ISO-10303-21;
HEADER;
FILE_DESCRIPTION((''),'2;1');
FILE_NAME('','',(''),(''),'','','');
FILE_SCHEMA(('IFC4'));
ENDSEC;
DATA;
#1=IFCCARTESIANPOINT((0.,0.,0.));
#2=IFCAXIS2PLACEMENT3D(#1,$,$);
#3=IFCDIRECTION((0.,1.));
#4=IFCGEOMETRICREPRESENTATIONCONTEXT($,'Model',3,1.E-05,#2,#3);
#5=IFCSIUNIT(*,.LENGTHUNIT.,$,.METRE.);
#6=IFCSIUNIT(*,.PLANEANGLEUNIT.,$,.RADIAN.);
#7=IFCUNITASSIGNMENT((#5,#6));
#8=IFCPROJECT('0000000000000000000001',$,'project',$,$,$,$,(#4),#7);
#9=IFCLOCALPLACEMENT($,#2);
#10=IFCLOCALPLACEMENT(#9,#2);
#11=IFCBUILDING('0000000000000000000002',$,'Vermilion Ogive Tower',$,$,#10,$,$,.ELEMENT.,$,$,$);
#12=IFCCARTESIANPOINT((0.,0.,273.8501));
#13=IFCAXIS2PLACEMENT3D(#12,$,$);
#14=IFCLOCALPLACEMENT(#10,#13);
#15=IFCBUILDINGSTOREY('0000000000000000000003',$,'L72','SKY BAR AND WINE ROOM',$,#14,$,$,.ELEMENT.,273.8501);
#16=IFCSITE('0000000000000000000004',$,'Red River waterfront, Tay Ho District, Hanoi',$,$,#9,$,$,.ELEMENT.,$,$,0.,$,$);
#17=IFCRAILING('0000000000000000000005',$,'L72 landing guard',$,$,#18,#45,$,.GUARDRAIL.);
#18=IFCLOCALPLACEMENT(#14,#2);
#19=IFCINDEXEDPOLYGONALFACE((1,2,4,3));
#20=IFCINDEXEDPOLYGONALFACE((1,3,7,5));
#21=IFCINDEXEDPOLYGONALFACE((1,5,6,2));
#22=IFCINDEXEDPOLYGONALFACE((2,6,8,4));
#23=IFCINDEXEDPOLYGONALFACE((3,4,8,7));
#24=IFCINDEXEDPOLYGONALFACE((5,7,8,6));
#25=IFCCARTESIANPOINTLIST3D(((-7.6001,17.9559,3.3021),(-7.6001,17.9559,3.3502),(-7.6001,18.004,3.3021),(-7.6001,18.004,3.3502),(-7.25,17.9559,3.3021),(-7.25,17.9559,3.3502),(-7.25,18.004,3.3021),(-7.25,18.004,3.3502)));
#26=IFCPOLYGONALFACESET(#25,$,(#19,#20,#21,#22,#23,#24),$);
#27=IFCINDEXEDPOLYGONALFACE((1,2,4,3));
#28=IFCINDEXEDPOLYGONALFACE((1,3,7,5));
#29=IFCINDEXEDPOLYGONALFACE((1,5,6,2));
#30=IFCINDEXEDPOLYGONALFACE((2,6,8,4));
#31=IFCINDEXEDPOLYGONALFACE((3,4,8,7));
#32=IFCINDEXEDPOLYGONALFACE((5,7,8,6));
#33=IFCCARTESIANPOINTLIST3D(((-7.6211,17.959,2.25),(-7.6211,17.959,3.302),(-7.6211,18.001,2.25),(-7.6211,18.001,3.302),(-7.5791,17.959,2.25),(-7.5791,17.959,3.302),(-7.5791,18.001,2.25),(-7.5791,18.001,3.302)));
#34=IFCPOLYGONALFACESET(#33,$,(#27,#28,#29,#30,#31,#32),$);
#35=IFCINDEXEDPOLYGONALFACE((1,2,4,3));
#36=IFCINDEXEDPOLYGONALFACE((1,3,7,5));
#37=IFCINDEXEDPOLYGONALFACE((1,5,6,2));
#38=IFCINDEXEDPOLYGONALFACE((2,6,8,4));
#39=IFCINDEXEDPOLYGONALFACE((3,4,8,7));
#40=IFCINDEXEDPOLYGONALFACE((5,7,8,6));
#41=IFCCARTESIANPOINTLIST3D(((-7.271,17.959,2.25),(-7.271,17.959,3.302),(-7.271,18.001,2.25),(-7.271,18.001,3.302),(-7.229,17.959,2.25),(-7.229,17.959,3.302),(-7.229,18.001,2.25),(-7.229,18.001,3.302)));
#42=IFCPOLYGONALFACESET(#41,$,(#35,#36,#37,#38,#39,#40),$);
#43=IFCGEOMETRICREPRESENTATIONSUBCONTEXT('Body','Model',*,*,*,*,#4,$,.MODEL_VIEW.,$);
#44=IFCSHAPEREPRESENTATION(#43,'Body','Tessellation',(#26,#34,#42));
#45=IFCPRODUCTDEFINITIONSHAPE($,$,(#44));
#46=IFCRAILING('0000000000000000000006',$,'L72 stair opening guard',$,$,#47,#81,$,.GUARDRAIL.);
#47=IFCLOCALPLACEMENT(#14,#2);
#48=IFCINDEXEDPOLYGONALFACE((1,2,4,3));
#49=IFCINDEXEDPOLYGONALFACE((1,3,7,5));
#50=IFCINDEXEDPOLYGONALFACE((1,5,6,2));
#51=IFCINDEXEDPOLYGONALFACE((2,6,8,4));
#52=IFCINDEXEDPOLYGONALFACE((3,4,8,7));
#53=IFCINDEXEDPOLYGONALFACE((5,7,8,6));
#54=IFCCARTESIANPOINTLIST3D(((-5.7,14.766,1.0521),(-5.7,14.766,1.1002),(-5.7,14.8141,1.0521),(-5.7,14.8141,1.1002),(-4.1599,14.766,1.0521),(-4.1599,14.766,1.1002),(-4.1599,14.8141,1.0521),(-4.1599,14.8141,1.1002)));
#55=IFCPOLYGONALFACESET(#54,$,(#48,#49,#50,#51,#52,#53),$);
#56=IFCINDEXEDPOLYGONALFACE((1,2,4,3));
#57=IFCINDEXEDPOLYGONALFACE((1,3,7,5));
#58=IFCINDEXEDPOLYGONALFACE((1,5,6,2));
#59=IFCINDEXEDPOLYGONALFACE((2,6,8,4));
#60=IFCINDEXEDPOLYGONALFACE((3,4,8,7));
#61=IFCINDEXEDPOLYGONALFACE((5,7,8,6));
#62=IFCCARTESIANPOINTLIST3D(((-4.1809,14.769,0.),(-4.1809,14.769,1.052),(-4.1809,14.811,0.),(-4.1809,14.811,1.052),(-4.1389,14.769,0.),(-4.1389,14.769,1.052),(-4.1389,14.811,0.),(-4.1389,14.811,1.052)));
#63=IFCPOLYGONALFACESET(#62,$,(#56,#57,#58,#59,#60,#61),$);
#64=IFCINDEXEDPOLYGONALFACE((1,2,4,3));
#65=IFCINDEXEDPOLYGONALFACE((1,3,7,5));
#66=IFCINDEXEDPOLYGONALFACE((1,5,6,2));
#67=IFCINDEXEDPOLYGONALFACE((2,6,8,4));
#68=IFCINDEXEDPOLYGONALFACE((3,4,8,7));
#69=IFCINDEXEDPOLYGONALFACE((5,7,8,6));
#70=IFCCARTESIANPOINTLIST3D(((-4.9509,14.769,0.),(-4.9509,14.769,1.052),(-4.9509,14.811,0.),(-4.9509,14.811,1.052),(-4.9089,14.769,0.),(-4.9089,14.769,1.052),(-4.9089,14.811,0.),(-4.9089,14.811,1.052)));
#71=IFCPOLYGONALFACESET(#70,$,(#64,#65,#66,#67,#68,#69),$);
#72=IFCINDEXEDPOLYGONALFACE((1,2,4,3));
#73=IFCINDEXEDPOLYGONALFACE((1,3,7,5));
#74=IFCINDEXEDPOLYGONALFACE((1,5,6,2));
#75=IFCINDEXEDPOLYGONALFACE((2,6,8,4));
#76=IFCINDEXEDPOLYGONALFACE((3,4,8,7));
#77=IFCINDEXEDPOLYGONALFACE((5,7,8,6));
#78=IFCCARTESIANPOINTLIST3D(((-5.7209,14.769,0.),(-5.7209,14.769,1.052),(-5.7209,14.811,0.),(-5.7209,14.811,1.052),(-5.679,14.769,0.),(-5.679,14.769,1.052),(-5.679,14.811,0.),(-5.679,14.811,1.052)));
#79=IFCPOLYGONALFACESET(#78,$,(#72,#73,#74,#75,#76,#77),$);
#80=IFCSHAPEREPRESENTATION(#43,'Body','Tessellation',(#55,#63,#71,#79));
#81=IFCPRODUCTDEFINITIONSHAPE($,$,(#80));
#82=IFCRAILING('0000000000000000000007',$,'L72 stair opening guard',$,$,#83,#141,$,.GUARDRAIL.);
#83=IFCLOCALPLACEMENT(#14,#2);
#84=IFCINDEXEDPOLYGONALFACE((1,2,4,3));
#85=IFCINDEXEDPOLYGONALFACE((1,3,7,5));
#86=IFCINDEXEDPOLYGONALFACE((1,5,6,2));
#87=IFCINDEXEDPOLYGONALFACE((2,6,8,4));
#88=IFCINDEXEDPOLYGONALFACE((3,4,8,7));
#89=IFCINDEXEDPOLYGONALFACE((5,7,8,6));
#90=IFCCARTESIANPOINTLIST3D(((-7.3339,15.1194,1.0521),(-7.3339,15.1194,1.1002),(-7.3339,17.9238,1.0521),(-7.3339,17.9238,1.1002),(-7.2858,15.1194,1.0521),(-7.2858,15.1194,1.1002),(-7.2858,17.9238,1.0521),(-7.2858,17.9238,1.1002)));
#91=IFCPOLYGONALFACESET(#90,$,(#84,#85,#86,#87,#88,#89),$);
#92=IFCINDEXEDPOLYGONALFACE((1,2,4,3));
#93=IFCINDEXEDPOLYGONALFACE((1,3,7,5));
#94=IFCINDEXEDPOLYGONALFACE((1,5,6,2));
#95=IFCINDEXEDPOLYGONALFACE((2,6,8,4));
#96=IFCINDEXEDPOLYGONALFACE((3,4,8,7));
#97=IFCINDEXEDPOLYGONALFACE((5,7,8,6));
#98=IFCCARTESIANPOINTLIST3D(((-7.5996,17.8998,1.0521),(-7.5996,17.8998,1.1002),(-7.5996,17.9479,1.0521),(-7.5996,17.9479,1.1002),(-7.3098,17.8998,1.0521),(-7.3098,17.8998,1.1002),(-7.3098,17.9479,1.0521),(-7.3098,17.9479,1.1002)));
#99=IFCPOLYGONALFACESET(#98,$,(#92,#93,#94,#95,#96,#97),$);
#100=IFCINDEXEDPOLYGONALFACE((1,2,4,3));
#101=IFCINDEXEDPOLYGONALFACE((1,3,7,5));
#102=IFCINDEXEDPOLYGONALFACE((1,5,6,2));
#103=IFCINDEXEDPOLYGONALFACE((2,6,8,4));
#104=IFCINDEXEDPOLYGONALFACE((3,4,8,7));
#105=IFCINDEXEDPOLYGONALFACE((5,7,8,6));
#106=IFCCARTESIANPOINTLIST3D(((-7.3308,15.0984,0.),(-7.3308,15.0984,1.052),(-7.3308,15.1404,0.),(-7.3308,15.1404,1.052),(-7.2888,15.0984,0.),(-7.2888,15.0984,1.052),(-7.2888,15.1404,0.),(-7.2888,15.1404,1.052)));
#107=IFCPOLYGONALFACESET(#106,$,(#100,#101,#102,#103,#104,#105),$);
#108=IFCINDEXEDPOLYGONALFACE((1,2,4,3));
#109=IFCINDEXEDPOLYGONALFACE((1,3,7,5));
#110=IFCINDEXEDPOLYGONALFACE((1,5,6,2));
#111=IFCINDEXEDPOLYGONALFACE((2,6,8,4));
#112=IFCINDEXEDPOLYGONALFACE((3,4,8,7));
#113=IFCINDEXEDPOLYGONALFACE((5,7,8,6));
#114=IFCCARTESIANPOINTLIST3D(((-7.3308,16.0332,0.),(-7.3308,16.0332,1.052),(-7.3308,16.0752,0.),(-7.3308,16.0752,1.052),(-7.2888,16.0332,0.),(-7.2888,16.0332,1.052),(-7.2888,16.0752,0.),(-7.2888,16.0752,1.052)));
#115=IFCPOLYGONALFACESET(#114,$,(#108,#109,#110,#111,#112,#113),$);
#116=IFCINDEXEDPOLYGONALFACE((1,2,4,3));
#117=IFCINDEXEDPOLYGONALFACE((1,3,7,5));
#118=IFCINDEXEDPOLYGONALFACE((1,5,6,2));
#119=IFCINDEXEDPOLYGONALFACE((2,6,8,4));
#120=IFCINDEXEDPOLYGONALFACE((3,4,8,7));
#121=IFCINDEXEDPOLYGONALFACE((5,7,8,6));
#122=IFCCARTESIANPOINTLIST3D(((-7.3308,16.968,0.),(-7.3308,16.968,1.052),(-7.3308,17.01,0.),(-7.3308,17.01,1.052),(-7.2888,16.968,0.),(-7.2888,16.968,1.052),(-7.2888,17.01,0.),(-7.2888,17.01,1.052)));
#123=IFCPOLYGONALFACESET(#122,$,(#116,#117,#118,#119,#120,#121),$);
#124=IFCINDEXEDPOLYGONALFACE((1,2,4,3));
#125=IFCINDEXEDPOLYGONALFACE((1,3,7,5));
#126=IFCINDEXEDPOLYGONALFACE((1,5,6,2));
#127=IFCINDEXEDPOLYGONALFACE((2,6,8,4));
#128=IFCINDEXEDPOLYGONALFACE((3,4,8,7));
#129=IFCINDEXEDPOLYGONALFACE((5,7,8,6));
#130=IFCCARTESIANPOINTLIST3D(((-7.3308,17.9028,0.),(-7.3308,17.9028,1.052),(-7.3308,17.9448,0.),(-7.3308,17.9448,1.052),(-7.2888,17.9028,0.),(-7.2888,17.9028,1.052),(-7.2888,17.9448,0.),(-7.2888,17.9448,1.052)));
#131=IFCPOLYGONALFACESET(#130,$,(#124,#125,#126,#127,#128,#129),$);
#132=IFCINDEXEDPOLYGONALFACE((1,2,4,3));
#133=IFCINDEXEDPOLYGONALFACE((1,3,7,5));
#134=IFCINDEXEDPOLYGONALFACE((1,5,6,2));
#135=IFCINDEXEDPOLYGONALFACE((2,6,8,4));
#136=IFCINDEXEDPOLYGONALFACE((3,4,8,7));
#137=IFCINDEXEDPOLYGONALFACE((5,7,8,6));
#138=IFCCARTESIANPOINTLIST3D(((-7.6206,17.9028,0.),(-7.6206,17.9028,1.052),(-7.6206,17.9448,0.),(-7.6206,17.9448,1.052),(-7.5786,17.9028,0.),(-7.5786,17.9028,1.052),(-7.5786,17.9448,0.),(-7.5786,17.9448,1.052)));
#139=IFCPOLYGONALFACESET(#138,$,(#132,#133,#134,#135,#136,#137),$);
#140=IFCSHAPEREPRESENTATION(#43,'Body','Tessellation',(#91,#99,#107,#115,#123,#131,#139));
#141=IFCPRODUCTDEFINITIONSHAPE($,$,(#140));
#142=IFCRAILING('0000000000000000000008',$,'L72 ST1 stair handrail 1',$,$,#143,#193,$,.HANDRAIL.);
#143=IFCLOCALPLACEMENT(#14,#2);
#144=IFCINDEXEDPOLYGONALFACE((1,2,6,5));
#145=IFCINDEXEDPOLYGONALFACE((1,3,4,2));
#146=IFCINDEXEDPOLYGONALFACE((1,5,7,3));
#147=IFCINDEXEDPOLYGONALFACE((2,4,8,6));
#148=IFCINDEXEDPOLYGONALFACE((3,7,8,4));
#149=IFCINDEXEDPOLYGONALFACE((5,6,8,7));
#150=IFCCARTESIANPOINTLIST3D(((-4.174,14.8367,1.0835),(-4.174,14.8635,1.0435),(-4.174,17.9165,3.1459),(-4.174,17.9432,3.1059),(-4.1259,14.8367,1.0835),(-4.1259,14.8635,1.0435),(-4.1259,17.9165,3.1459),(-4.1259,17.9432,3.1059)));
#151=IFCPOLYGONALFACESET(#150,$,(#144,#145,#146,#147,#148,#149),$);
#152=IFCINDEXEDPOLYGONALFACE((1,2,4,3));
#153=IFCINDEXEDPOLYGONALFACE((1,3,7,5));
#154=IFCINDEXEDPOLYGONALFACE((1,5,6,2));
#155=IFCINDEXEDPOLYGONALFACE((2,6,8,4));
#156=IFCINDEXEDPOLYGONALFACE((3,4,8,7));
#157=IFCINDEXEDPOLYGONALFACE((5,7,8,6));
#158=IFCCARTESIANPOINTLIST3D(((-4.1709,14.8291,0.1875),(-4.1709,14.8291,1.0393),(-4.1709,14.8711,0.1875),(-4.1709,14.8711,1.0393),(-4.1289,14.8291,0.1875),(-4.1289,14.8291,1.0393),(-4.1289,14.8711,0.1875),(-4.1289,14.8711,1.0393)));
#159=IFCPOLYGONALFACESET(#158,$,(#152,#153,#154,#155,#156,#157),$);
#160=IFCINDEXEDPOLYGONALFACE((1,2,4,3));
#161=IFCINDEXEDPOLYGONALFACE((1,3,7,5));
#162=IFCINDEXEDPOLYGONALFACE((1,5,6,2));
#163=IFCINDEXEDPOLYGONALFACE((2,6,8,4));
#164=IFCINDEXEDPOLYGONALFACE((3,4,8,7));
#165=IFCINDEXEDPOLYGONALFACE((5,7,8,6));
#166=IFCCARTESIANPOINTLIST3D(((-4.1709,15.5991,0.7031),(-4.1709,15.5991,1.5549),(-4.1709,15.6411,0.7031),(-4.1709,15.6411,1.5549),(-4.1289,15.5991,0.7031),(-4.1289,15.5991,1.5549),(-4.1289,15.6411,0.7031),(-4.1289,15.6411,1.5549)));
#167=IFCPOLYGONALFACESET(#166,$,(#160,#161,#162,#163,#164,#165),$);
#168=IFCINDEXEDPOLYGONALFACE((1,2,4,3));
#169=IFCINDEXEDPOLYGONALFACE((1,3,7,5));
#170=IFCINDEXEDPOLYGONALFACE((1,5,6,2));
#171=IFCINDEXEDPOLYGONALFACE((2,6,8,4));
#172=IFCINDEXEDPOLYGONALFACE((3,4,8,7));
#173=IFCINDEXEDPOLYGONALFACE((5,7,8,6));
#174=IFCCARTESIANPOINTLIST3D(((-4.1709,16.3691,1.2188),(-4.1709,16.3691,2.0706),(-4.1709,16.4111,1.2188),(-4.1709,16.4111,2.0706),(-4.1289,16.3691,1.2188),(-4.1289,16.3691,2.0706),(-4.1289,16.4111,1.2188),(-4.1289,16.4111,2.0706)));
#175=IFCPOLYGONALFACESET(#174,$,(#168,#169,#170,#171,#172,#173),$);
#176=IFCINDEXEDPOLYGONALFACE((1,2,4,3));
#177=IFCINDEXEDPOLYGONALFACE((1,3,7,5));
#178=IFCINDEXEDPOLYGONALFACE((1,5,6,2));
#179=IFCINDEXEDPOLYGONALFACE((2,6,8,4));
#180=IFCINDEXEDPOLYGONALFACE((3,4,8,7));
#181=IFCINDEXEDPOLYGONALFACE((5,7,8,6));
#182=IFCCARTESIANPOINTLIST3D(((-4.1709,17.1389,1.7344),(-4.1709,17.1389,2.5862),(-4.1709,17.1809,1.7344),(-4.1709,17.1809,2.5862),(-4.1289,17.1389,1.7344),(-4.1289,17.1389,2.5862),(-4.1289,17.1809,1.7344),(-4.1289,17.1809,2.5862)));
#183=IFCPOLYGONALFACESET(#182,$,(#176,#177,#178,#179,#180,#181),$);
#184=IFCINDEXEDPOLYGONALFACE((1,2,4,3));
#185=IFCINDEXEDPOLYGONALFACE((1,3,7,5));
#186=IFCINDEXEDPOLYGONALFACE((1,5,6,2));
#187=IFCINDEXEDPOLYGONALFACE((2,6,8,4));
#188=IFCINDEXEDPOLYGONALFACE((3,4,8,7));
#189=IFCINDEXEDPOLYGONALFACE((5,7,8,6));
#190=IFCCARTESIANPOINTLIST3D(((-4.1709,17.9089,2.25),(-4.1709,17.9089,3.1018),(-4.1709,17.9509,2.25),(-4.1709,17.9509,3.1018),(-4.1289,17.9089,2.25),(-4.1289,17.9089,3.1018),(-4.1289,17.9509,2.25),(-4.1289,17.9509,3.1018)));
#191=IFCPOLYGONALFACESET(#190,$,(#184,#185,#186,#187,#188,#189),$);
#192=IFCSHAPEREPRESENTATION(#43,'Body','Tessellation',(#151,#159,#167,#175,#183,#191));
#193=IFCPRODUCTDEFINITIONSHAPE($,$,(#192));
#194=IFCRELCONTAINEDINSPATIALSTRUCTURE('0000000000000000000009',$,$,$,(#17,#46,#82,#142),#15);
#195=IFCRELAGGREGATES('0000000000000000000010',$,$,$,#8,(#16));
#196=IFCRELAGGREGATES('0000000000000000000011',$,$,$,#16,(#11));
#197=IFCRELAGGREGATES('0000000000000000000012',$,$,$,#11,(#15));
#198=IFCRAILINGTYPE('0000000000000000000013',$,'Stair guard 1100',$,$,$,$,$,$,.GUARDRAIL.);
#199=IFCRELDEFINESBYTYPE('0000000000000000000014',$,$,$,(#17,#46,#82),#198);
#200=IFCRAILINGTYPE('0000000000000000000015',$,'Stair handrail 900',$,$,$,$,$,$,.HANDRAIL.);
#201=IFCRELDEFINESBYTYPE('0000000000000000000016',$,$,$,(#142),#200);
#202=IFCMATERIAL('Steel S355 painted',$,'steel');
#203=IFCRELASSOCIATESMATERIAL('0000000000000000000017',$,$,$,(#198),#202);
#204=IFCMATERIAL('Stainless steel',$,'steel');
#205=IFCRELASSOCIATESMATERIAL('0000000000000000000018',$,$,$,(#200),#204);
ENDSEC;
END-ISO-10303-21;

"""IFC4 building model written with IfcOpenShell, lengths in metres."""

from ifc_helpers import new_model, si_unit, direction, frame, origin, origin_2d, place, context, subcontext, project, spatial, rectangle, extrude, material, type_object, element, save


model = new_model("IFC4")

# Units and contexts
model_context = context("Model", 3, precision=1e-05, world=origin(), true_north=direction((0.0, 1.0)))
body_context = subcontext(model_context, "Body", "Model", "MODEL_VIEW")
ifc_project = project(units=[si_unit("LENGTHUNIT", "METRE"), si_unit("PLANEANGLEUNIT", "RADIAN")], contexts=[model_context])

# Site, building, storey
site_placement = place(None, origin())
site = spatial("IfcSite", under=ifc_project, at=site_placement, Name="Red River waterfront, Tay Ho District, Hanoi", CompositionType="ELEMENT", RefElevation=0.0)
building_placement = place(site_placement, origin())
building = spatial("IfcBuilding", under=site, at=building_placement, Name="Vermilion Ogive Tower", CompositionType="ELEMENT")
storey_placement = place(building_placement, frame((0.0, 0.0, 273.8501)))
storey = spatial("IfcBuildingStorey", under=building, at=storey_placement, Name="L72", Description="SKY BAR AND WINE ROOM", CompositionType="ELEMENT", Elevation=273.8501)

# Railings
ifc_material_1 = material(Name="Steel S355 painted", Category="steel")
railing_type_1 = type_object("IfcRailingType", Name="Stair guard 1100", PredefinedType="GUARDRAIL", material=ifc_material_1)
railing_1_placement = place(storey_placement, frame((-7.6001, 17.98, 2.25)))
element("IfcRailing", 1, at=railing_1_placement, inside=storey, type_object=railing_type_1, Name="L72 landing guard", PredefinedType="GUARDRAIL", context=body_context, shape_type="SweptSolid", body=[
    extrude(rectangle(XDim=0.0481, YDim=0.0481, at=origin_2d()), frame((0.0, 0.0, 1.0762), z_axis=(1.0, 0.0, 0.0), x_axis=(0.0, 1.0, 0.0)), (0.0, 0.0, 1.0), 0.3501),
    extrude(rectangle(XDim=0.042, YDim=0.042, at=origin_2d()), origin(), (0.0, 0.0, 1.0), 1.052),
    extrude(rectangle(XDim=0.042, YDim=0.042, at=origin_2d()), frame((0.3501, 0.0, 0.0)), (0.0, 0.0, 1.0), 1.052),
])
railing_2_placement = place(storey_placement, frame((-4.1599, 14.79, 0.0)))
element("IfcRailing", 2, at=railing_2_placement, inside=storey, type_object=railing_type_1, Name="L72 stair opening guard", PredefinedType="GUARDRAIL", context=body_context, shape_type="SweptSolid", body=[
    extrude(rectangle(XDim=0.0481, YDim=0.0481, at=origin_2d()), frame((0.0, 0.0, 1.0762), z_axis=(-1.0, 0.0, 0.0), x_axis=(0.0, -1.0, 0.0)), (0.0, 0.0, 1.0), 1.54),
    extrude(rectangle(XDim=0.042, YDim=0.042, at=origin_2d()), origin(), (0.0, 0.0, 1.0), 1.052),
    extrude(rectangle(XDim=0.042, YDim=0.042, at=origin_2d()), frame((-0.77, 0.0, 0.0)), (0.0, 0.0, 1.0), 1.052),
    extrude(rectangle(XDim=0.042, YDim=0.042, at=origin_2d()), frame((-1.54, 0.0, 0.0)), (0.0, 0.0, 1.0), 1.052),
])
railing_3_placement = place(storey_placement, frame((-7.3098, 15.1194, 0.0)))
element("IfcRailing", 3, at=railing_3_placement, inside=storey, type_object=railing_type_1, Name="L72 stair opening guard", PredefinedType="GUARDRAIL", context=body_context, shape_type="SweptSolid", body=[
    extrude(rectangle(XDim=0.0481, YDim=0.0481, at=origin_2d()), frame((0.0, 0.0, 1.0762), z_axis=(0.0, 1.0, 0.0), x_axis=(-1.0, 0.0, 0.0)), (0.0, 0.0, 1.0), 2.8044),
    extrude(rectangle(XDim=0.0481, YDim=0.0481, at=origin_2d()), frame((0.0, 2.8044, 1.0762), z_axis=(-1.0, 0.0, 0.0), x_axis=(0.0, -1.0, 0.0)), (0.0, 0.0, 1.0), 0.2898),
    extrude(rectangle(XDim=0.042, YDim=0.042, at=origin_2d()), origin(), (0.0, 0.0, 1.0), 1.052),
    extrude(rectangle(XDim=0.042, YDim=0.042, at=origin_2d()), frame((0.0, 0.9348, 0.0)), (0.0, 0.0, 1.0), 1.052),
    extrude(rectangle(XDim=0.042, YDim=0.042, at=origin_2d()), frame((0.0, 1.8696, 0.0)), (0.0, 0.0, 1.0), 1.052),
    extrude(rectangle(XDim=0.042, YDim=0.042, at=origin_2d()), frame((0.0, 2.8044, 0.0)), (0.0, 0.0, 1.0), 1.052),
    extrude(rectangle(XDim=0.042, YDim=0.042, at=origin_2d()), frame((-0.2898, 2.8044, 0.0)), (0.0, 0.0, 1.0), 1.052),
])
ifc_material_2 = material(Name="Stainless steel", Category="steel")
railing_type_2 = type_object("IfcRailingType", Name="Stair handrail 900", PredefinedType="HANDRAIL", material=ifc_material_2)
railing_4_placement = place(storey_placement, frame((-4.1499, 14.8501, 0.1875)))
element("IfcRailing", 4, at=railing_4_placement, inside=storey, type_object=railing_type_2, Name="L72 ST1 stair handrail 1", PredefinedType="HANDRAIL", context=body_context, shape_type="SweptSolid", body=[
    extrude(rectangle(XDim=0.0481, YDim=0.0481, at=origin_2d()), frame((0.0, 0.0, 0.876), z_axis=(0.0, 0.830893, 0.556432), x_axis=(-1.0, 0.0, 0.0)), (0.0, 0.0, 1.0), 3.7065),
    extrude(rectangle(XDim=0.042, YDim=0.042, at=origin_2d()), origin(), (0.0, 0.0, 1.0), 0.8518),
    extrude(rectangle(XDim=0.042, YDim=0.042, at=origin_2d()), frame((0.0, 0.77, 0.5156)), (0.0, 0.0, 1.0), 0.8518),
    extrude(rectangle(XDim=0.042, YDim=0.042, at=origin_2d()), frame((0.0, 1.54, 1.0312)), (0.0, 0.0, 1.0), 0.8518),
    extrude(rectangle(XDim=0.042, YDim=0.042, at=origin_2d()), frame((0.0, 2.3098, 1.5469)), (0.0, 0.0, 1.0), 0.8518),
    extrude(rectangle(XDim=0.042, YDim=0.042, at=origin_2d()), frame((0.0, 3.0798, 2.0625)), (0.0, 0.0, 1.0), 0.8518),
])

save(model, "model.ifc")
